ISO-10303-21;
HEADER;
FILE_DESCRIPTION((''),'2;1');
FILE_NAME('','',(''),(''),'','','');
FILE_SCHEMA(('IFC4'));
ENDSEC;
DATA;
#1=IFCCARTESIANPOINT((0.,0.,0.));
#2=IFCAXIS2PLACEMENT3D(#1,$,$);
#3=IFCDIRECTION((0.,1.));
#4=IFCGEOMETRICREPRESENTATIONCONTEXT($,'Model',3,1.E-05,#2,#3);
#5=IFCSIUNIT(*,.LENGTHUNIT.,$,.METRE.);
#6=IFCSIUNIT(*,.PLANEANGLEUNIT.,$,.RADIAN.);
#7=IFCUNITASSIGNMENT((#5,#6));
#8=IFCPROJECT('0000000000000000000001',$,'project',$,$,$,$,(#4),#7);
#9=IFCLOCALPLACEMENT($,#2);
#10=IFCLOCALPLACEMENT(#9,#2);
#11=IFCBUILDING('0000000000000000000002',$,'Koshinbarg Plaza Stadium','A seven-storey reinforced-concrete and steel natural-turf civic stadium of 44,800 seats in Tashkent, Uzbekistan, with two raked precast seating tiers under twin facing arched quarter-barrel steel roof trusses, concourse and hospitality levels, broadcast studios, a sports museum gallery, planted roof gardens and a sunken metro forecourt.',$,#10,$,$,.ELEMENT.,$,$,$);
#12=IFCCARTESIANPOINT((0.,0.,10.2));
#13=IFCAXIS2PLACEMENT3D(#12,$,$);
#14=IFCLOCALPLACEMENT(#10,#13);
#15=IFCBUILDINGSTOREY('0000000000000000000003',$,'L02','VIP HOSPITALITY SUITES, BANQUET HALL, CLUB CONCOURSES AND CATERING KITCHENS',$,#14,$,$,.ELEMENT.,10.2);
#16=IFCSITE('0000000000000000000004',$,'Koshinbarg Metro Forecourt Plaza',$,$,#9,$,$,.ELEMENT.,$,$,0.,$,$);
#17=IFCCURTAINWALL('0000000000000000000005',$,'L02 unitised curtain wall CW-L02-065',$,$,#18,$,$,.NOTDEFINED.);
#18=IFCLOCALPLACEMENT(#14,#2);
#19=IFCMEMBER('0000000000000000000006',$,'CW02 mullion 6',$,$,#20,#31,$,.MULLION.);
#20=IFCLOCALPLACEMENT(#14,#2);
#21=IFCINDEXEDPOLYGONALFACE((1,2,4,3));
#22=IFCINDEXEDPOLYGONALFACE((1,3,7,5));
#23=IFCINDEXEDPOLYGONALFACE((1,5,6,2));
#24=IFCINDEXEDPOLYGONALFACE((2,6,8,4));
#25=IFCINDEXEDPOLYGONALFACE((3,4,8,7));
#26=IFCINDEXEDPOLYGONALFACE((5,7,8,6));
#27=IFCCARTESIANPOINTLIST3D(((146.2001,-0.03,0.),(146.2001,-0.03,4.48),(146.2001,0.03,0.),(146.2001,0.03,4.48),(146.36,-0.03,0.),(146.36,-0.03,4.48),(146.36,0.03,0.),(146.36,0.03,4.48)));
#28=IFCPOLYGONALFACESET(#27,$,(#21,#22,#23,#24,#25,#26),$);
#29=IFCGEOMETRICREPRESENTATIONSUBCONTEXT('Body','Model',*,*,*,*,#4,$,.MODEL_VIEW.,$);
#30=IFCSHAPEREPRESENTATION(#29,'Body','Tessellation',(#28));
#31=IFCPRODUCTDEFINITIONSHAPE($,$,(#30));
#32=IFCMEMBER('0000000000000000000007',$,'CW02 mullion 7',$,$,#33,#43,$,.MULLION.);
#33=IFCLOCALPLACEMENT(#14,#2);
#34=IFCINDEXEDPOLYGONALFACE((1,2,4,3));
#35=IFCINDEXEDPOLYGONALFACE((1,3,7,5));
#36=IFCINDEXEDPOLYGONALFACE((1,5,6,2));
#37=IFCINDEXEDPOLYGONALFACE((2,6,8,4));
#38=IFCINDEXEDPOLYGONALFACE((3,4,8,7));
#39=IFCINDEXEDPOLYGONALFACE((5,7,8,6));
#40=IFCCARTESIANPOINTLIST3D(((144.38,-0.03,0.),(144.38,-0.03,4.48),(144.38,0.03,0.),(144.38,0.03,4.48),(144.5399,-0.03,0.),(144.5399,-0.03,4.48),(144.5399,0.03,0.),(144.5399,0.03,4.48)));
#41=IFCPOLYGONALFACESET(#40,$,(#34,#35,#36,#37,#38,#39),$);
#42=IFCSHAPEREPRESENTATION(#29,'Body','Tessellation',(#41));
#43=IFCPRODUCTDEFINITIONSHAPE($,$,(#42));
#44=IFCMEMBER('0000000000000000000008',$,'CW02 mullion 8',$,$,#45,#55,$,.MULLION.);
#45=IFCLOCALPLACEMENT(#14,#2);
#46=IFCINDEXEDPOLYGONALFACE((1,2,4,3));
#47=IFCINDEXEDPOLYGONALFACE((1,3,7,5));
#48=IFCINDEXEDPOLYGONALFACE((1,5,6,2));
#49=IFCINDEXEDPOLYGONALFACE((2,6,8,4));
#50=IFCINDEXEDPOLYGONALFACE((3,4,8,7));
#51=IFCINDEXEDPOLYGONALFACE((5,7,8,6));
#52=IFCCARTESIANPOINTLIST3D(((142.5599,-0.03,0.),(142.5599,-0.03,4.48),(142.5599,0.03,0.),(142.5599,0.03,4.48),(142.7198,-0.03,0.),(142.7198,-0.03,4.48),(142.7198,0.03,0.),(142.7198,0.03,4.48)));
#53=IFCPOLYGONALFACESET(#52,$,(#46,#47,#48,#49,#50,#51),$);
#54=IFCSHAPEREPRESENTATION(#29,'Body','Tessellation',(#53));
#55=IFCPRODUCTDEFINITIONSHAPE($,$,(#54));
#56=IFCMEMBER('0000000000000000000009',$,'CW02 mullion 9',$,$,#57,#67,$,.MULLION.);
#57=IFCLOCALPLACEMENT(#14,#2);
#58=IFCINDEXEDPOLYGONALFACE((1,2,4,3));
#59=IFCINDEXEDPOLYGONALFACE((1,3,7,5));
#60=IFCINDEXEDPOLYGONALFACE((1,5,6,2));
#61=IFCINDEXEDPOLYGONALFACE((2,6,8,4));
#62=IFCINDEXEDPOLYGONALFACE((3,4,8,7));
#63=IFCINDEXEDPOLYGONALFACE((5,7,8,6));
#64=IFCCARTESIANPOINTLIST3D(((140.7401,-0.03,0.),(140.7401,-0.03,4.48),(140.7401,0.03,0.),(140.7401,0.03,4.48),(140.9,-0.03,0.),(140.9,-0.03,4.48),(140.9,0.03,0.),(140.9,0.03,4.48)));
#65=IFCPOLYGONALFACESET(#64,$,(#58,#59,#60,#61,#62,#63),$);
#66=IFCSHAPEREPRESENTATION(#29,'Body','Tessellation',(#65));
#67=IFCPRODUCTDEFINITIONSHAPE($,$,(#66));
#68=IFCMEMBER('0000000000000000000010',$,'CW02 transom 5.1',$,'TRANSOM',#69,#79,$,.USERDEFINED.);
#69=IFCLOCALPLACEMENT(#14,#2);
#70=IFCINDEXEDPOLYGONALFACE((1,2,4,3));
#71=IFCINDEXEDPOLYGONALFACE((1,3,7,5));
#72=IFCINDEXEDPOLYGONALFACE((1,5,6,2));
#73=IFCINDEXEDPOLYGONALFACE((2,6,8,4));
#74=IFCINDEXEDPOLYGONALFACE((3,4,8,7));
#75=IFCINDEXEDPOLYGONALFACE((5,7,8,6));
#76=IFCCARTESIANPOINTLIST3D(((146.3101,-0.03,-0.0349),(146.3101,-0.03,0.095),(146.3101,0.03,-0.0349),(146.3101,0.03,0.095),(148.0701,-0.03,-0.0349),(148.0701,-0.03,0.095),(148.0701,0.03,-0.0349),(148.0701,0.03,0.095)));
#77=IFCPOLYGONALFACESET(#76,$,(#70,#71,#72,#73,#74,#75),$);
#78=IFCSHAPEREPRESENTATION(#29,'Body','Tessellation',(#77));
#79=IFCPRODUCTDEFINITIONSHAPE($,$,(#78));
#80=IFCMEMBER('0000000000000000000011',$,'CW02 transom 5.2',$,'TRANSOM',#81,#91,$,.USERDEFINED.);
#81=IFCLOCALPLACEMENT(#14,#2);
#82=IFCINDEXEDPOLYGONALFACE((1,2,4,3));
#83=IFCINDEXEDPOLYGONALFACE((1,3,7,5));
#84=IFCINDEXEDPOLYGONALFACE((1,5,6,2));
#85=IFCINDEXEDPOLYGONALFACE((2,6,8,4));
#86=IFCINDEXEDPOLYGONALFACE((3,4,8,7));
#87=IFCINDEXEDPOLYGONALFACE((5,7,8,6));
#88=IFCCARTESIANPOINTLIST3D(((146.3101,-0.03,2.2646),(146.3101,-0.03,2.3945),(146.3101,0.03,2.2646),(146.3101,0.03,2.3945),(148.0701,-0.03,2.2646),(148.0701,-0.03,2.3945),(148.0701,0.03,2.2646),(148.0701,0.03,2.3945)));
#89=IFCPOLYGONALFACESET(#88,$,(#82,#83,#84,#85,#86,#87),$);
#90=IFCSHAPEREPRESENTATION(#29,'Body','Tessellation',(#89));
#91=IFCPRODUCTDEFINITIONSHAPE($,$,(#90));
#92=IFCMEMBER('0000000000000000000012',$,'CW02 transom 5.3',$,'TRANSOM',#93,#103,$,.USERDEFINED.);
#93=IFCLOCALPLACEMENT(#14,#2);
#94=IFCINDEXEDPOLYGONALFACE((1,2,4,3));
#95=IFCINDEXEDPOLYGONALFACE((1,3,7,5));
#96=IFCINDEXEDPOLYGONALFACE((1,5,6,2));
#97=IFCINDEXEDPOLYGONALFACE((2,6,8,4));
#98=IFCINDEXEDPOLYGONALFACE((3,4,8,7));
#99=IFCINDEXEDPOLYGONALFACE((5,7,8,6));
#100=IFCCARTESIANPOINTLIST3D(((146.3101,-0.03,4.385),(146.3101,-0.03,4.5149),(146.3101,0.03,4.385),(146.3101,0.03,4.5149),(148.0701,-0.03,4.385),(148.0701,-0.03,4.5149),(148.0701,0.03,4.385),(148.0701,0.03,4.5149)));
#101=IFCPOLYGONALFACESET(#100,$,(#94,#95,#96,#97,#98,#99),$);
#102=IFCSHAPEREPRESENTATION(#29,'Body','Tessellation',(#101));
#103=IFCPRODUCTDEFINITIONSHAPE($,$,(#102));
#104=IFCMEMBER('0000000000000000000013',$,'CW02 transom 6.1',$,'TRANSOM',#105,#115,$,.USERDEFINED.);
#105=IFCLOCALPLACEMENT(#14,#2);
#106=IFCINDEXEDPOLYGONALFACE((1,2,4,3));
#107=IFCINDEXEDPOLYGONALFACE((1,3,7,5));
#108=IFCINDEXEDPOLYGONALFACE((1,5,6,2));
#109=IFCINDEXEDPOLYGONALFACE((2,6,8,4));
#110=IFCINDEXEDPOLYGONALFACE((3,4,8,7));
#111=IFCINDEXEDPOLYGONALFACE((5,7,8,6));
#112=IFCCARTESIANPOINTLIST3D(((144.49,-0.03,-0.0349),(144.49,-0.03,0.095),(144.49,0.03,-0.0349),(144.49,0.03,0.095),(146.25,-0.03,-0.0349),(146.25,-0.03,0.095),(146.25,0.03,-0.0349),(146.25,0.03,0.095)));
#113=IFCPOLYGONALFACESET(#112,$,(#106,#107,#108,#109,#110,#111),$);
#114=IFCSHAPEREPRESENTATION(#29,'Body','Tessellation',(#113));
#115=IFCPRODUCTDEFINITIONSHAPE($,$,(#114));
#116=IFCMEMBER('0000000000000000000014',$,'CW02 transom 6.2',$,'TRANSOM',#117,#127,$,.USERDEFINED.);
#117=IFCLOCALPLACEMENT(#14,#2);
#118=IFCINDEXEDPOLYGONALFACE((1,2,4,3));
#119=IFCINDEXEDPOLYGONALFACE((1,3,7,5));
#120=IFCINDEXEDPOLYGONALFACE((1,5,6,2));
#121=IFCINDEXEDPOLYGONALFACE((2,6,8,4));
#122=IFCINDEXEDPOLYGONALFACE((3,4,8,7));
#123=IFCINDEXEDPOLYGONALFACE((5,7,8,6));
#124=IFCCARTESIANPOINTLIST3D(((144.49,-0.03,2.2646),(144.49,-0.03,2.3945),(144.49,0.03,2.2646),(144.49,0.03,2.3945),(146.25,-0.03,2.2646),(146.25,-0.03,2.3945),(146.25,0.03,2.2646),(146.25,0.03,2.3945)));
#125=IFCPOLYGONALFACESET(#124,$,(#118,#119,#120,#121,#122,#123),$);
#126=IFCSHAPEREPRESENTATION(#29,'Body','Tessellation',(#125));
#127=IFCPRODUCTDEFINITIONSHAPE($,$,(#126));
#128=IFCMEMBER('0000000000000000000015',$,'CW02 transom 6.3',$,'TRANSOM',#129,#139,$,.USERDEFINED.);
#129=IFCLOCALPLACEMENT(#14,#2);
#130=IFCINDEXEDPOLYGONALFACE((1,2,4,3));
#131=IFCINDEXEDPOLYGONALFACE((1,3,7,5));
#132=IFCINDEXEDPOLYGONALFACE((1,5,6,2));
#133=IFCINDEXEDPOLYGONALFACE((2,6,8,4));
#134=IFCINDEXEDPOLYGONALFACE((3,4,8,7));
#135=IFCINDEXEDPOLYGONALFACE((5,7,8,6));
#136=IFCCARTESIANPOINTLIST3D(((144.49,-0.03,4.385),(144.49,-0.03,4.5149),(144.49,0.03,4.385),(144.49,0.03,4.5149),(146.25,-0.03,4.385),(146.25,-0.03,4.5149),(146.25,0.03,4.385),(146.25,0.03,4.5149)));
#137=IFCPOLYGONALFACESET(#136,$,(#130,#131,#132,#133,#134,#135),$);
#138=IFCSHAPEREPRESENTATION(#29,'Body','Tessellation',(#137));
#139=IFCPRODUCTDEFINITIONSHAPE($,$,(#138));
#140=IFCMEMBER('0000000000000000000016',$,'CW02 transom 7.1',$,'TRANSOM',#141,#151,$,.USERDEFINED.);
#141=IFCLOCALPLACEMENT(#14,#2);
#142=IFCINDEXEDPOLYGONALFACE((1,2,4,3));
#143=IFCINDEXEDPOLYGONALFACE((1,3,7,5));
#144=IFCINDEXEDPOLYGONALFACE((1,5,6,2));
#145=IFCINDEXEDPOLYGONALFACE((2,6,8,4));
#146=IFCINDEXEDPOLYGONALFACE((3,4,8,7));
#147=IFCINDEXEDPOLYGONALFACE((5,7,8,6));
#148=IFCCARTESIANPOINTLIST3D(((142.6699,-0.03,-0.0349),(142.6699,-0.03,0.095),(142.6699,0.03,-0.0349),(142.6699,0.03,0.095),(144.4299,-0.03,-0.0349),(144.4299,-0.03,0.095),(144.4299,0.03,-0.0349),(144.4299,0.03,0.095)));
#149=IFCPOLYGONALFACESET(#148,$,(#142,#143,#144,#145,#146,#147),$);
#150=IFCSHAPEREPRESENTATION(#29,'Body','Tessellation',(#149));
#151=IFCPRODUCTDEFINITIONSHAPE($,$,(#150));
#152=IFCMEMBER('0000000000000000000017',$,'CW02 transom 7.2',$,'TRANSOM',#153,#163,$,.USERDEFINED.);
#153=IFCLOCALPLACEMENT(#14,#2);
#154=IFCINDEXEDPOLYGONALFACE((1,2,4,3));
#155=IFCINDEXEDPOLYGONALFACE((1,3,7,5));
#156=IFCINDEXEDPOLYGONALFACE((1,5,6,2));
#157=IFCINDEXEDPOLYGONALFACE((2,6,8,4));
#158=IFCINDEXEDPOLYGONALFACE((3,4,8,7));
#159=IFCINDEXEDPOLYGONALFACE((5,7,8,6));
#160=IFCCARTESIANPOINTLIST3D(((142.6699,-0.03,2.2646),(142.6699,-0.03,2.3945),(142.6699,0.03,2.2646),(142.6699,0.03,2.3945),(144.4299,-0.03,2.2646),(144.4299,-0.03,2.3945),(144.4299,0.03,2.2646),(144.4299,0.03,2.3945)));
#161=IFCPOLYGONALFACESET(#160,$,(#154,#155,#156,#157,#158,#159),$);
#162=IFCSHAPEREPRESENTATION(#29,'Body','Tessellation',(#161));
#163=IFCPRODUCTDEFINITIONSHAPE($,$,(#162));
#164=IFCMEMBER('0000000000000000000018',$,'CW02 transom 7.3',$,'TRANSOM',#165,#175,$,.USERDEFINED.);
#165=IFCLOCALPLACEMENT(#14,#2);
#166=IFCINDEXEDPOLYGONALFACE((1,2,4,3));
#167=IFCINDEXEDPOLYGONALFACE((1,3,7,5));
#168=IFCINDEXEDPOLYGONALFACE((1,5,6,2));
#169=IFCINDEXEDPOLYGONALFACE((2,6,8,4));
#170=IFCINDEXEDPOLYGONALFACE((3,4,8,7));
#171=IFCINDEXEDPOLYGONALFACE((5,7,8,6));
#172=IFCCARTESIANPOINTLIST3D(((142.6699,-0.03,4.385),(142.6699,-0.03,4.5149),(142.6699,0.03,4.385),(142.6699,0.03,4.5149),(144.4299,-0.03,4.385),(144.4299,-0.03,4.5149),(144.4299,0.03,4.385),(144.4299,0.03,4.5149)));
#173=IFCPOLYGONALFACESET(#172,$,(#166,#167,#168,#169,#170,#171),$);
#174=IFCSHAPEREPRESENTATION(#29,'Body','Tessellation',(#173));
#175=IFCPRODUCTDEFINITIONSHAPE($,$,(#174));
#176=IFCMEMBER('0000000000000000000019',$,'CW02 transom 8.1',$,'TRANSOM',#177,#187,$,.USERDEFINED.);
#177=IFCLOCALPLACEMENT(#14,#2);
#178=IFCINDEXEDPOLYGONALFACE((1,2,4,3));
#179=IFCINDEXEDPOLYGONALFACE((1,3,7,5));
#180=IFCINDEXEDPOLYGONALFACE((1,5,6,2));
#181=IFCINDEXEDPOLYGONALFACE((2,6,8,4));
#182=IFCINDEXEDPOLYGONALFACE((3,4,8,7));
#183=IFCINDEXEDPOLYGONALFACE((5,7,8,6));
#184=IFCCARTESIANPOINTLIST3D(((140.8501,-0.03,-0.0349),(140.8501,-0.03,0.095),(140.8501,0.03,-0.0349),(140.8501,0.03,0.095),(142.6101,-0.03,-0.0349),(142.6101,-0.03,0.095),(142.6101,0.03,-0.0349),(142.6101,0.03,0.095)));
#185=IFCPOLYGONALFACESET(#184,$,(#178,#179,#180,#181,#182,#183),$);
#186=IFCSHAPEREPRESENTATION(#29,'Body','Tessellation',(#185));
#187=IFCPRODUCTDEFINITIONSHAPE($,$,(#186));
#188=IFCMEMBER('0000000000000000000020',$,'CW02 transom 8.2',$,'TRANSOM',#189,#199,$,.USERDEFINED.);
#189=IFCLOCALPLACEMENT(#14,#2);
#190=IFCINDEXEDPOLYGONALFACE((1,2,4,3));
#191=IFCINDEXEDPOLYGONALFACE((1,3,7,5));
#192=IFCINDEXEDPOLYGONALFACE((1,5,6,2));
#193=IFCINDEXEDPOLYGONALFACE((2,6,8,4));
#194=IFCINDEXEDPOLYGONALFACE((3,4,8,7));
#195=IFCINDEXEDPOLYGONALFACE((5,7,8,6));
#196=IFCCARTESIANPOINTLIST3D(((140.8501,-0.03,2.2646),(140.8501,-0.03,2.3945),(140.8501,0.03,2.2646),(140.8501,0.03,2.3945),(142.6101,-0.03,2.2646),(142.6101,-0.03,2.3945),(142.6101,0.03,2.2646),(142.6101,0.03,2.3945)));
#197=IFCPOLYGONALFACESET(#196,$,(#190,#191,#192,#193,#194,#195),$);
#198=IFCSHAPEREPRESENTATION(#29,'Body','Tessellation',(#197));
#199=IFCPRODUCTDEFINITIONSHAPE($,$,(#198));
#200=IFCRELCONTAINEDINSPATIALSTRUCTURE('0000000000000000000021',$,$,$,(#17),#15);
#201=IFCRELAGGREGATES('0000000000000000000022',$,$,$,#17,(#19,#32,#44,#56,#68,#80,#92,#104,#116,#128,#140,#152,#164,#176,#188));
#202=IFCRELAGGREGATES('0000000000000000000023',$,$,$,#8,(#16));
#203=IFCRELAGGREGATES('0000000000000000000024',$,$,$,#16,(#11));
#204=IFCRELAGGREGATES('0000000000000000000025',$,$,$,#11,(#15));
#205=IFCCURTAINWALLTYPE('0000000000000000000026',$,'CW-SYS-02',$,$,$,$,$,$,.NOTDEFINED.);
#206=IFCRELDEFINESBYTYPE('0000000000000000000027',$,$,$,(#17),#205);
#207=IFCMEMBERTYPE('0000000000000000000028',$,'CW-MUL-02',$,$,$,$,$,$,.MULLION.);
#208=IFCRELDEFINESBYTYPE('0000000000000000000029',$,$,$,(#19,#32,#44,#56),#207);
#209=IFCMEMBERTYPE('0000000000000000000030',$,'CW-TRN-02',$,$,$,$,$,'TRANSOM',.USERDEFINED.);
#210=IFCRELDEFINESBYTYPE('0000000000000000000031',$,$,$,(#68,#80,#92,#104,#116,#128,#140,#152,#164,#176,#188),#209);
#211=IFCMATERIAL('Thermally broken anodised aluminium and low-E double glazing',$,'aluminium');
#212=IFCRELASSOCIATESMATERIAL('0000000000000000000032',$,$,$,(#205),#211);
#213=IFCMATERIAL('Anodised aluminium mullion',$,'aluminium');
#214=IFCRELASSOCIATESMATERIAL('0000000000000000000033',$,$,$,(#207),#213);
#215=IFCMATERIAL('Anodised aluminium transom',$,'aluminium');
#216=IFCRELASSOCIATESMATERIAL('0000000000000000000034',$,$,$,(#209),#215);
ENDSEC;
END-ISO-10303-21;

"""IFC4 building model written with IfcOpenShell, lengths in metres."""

from ifc_helpers import new_model, si_unit, direction, frame, origin, origin_2d, place, context, subcontext, project, spatial, rectangle, extrude, material, material_profile, profile_set, type_object, element, aggregate, save


model = new_model("IFC4")

# Units and contexts
model_context = context("Model", 3, precision=1e-05, world=origin(), true_north=direction((0.0, 1.0)))
body_context = subcontext(model_context, "Body", "Model", "MODEL_VIEW")
ifc_project = project(units=[si_unit("LENGTHUNIT", "METRE"), si_unit("PLANEANGLEUNIT", "RADIAN")], contexts=[model_context])

# Site, building, storey
site_placement = place(None, origin())
site = spatial("IfcSite", under=ifc_project, at=site_placement, Name="Koshinbarg Metro Forecourt Plaza", CompositionType="ELEMENT", RefElevation=0.0)
building_placement = place(site_placement, origin())
building = spatial("IfcBuilding", under=site, at=building_placement, Name="Koshinbarg Plaza Stadium", Description="A seven-storey reinforced-concrete and steel natural-turf civic stadium of 44,800 seats in Tashkent, Uzbekistan, with two raked precast seating tiers under twin facing arched quarter-barrel steel roof trusses, concourse and hospitality levels, broadcast studios, a sports museum gallery, planted roof gardens and a sunken metro forecourt.", CompositionType="ELEMENT")
storey_placement = place(building_placement, frame((0.0, 0.0, 10.2)))
storey = spatial("IfcBuildingStorey", under=building, at=storey_placement, Name="L02", Description="VIP HOSPITALITY SUITES, BANQUET HALL, CLUB CONCOURSES AND CATERING KITCHENS", CompositionType="ELEMENT", Elevation=10.2)

# Curtain wall, members
ifc_material_1 = material(Name="Thermally broken anodised aluminium and low-E double glazing", Category="aluminium")
curtain_wall_type = type_object("IfcCurtainWallType", Name="CW-SYS-02", PredefinedType="NOTDEFINED", material=ifc_material_1)
curtain_wall_placement = place(storey_placement, origin())
curtain_wall = element("IfcCurtainWall", 1, at=curtain_wall_placement, inside=storey, type_object=curtain_wall_type, Name="L02 unitised curtain wall CW-L02-065", PredefinedType="NOTDEFINED")
ifc_material_2 = material(Name="Anodised aluminium mullion", Category="aluminium")
ifc_material_profile_1 = material_profile(ifc_material_2, rectangle(XDim=0.0601, YDim=0.1599, at=origin_2d()), Name="ALU 60x160")
ifc_profile_set_1 = profile_set([ifc_material_profile_1], Name="Anodised aluminium mullion")
member_type_1 = type_object("IfcMemberType", Name="CW-MUL-02", PredefinedType="MULLION", material=ifc_profile_set_1)
member_1_placement = place(storey_placement, frame((146.28, 0.0, 0.0), z_axis=(0.0, 0.0, 1.0), x_axis=(0.0, -1.0, 0.0)))
member_1 = element("IfcMember", 2, at=member_1_placement, type_object=member_type_1, Name="CW02 mullion 6", PredefinedType="MULLION", context=body_context, shape_type="SweptSolid", body=[
    extrude(rectangle(XDim=0.0601, YDim=0.1599, at=origin_2d()), origin(), (0.0, 0.0, 1.0), 4.48),
])
member_2_placement = place(storey_placement, frame((144.46, 0.0, 0.0), z_axis=(0.0, 0.0, 1.0), x_axis=(0.0, -1.0, 0.0)))
member_2 = element("IfcMember", 3, at=member_2_placement, type_object=member_type_1, Name="CW02 mullion 7", PredefinedType="MULLION", context=body_context, shape_type="SweptSolid", body=[
    extrude(rectangle(XDim=0.0601, YDim=0.1599, at=origin_2d()), origin(), (0.0, 0.0, 1.0), 4.48),
])
member_3_placement = place(storey_placement, frame((142.6399, 0.0, 0.0), z_axis=(0.0, 0.0, 1.0), x_axis=(0.0, -1.0, 0.0)))
member_3 = element("IfcMember", 4, at=member_3_placement, type_object=member_type_1, Name="CW02 mullion 8", PredefinedType="MULLION", context=body_context, shape_type="SweptSolid", body=[
    extrude(rectangle(XDim=0.0601, YDim=0.1599, at=origin_2d()), origin(), (0.0, 0.0, 1.0), 4.48),
])
member_4_placement = place(storey_placement, frame((140.8201, 0.0, 0.0), z_axis=(0.0, 0.0, 1.0), x_axis=(0.0, -1.0, 0.0)))
member_4 = element("IfcMember", 5, at=member_4_placement, type_object=member_type_1, Name="CW02 mullion 9", PredefinedType="MULLION", context=body_context, shape_type="SweptSolid", body=[
    extrude(rectangle(XDim=0.0601, YDim=0.1599, at=origin_2d()), origin(), (0.0, 0.0, 1.0), 4.48),
])
ifc_material_3 = material(Name="Anodised aluminium transom", Category="aluminium")
ifc_material_profile_2 = material_profile(ifc_material_3, rectangle(XDim=0.0601, YDim=0.1299, at=origin_2d()), Name="ALU 60x130")
ifc_profile_set_2 = profile_set([ifc_material_profile_2], Name="Anodised aluminium transom")
member_type_2 = type_object("IfcMemberType", Name="CW-TRN-02", ElementType="TRANSOM", PredefinedType="USERDEFINED", material=ifc_profile_set_2)
member_5_placement = place(storey_placement, frame((148.0701, 0.0, 0.03), z_axis=(-1.0, 0.0, 0.0), x_axis=(0.0, -1.0, 0.0)))
member_5 = element("IfcMember", 6, at=member_5_placement, type_object=member_type_2, Name="CW02 transom 5.1", ObjectType="TRANSOM", PredefinedType="USERDEFINED", context=body_context, shape_type="SweptSolid", body=[
    extrude(rectangle(XDim=0.0601, YDim=0.1299, at=origin_2d()), origin(), (0.0, 0.0, 1.0), 1.76),
])
member_6_placement = place(storey_placement, frame((148.0701, 0.0, 2.3296), z_axis=(-1.0, 0.0, 0.0), x_axis=(0.0, -1.0, 0.0)))
member_6 = element("IfcMember", 7, at=member_6_placement, type_object=member_type_2, Name="CW02 transom 5.2", ObjectType="TRANSOM", PredefinedType="USERDEFINED", context=body_context, shape_type="SweptSolid", body=[
    extrude(rectangle(XDim=0.0601, YDim=0.1299, at=origin_2d()), origin(), (0.0, 0.0, 1.0), 1.76),
])
member_7_placement = place(storey_placement, frame((148.0701, 0.0, 4.45), z_axis=(-1.0, 0.0, 0.0), x_axis=(0.0, -1.0, 0.0)))
member_7 = element("IfcMember", 8, at=member_7_placement, type_object=member_type_2, Name="CW02 transom 5.3", ObjectType="TRANSOM", PredefinedType="USERDEFINED", context=body_context, shape_type="SweptSolid", body=[
    extrude(rectangle(XDim=0.0601, YDim=0.1299, at=origin_2d()), origin(), (0.0, 0.0, 1.0), 1.76),
])
member_8_placement = place(storey_placement, frame((146.25, 0.0, 0.03), z_axis=(-1.0, 0.0, 0.0), x_axis=(0.0, -1.0, 0.0)))
member_8 = element("IfcMember", 9, at=member_8_placement, type_object=member_type_2, Name="CW02 transom 6.1", ObjectType="TRANSOM", PredefinedType="USERDEFINED", context=body_context, shape_type="SweptSolid", body=[
    extrude(rectangle(XDim=0.0601, YDim=0.1299, at=origin_2d()), origin(), (0.0, 0.0, 1.0), 1.76),
])
member_9_placement = place(storey_placement, frame((146.25, 0.0, 2.3296), z_axis=(-1.0, 0.0, 0.0), x_axis=(0.0, -1.0, 0.0)))
member_9 = element("IfcMember", 10, at=member_9_placement, type_object=member_type_2, Name="CW02 transom 6.2", ObjectType="TRANSOM", PredefinedType="USERDEFINED", context=body_context, shape_type="SweptSolid", body=[
    extrude(rectangle(XDim=0.0601, YDim=0.1299, at=origin_2d()), origin(), (0.0, 0.0, 1.0), 1.76),
])
member_10_placement = place(storey_placement, frame((146.25, 0.0, 4.45), z_axis=(-1.0, 0.0, 0.0), x_axis=(0.0, -1.0, 0.0)))
member_10 = element("IfcMember", 11, at=member_10_placement, type_object=member_type_2, Name="CW02 transom 6.3", ObjectType="TRANSOM", PredefinedType="USERDEFINED", context=body_context, shape_type="SweptSolid", body=[
    extrude(rectangle(XDim=0.0601, YDim=0.1299, at=origin_2d()), origin(), (0.0, 0.0, 1.0), 1.76),
])
member_11_placement = place(storey_placement, frame((144.4299, 0.0, 0.03), z_axis=(-1.0, 0.0, 0.0), x_axis=(0.0, -1.0, 0.0)))
member_11 = element("IfcMember", 12, at=member_11_placement, type_object=member_type_2, Name="CW02 transom 7.1", ObjectType="TRANSOM", PredefinedType="USERDEFINED", context=body_context, shape_type="SweptSolid", body=[
    extrude(rectangle(XDim=0.0601, YDim=0.1299, at=origin_2d()), origin(), (0.0, 0.0, 1.0), 1.76),
])
member_12_placement = place(storey_placement, frame((144.4299, 0.0, 2.3296), z_axis=(-1.0, 0.0, 0.0), x_axis=(0.0, -1.0, 0.0)))
member_12 = element("IfcMember", 13, at=member_12_placement, type_object=member_type_2, Name="CW02 transom 7.2", ObjectType="TRANSOM", PredefinedType="USERDEFINED", context=body_context, shape_type="SweptSolid", body=[
    extrude(rectangle(XDim=0.0601, YDim=0.1299, at=origin_2d()), origin(), (0.0, 0.0, 1.0), 1.76),
])
member_13_placement = place(storey_placement, frame((144.4299, 0.0, 4.45), z_axis=(-1.0, 0.0, 0.0), x_axis=(0.0, -1.0, 0.0)))
member_13 = element("IfcMember", 14, at=member_13_placement, type_object=member_type_2, Name="CW02 transom 7.3", ObjectType="TRANSOM", PredefinedType="USERDEFINED", context=body_context, shape_type="SweptSolid", body=[
    extrude(rectangle(XDim=0.0601, YDim=0.1299, at=origin_2d()), origin(), (0.0, 0.0, 1.0), 1.76),
])
member_14_placement = place(storey_placement, frame((142.6101, 0.0, 0.03), z_axis=(-1.0, 0.0, 0.0), x_axis=(0.0, -1.0, 0.0)))
member_14 = element("IfcMember", 15, at=member_14_placement, type_object=member_type_2, Name="CW02 transom 8.1", ObjectType="TRANSOM", PredefinedType="USERDEFINED", context=body_context, shape_type="SweptSolid", body=[
    extrude(rectangle(XDim=0.0601, YDim=0.1299, at=origin_2d()), origin(), (0.0, 0.0, 1.0), 1.76),
])
member_15_placement = place(storey_placement, frame((142.6101, 0.0, 2.3296), z_axis=(-1.0, 0.0, 0.0), x_axis=(0.0, -1.0, 0.0)))
member_15 = element("IfcMember", 16, at=member_15_placement, type_object=member_type_2, Name="CW02 transom 8.2", ObjectType="TRANSOM", PredefinedType="USERDEFINED", context=body_context, shape_type="SweptSolid", body=[
    extrude(rectangle(XDim=0.0601, YDim=0.1299, at=origin_2d()), origin(), (0.0, 0.0, 1.0), 1.76),
])
aggregate(curtain_wall, [member_1, member_2, member_3, member_4, member_5, member_6, member_7, member_8, member_9, member_10, member_11, member_12, member_13, member_14, member_15])

save(model, "model.ifc")
